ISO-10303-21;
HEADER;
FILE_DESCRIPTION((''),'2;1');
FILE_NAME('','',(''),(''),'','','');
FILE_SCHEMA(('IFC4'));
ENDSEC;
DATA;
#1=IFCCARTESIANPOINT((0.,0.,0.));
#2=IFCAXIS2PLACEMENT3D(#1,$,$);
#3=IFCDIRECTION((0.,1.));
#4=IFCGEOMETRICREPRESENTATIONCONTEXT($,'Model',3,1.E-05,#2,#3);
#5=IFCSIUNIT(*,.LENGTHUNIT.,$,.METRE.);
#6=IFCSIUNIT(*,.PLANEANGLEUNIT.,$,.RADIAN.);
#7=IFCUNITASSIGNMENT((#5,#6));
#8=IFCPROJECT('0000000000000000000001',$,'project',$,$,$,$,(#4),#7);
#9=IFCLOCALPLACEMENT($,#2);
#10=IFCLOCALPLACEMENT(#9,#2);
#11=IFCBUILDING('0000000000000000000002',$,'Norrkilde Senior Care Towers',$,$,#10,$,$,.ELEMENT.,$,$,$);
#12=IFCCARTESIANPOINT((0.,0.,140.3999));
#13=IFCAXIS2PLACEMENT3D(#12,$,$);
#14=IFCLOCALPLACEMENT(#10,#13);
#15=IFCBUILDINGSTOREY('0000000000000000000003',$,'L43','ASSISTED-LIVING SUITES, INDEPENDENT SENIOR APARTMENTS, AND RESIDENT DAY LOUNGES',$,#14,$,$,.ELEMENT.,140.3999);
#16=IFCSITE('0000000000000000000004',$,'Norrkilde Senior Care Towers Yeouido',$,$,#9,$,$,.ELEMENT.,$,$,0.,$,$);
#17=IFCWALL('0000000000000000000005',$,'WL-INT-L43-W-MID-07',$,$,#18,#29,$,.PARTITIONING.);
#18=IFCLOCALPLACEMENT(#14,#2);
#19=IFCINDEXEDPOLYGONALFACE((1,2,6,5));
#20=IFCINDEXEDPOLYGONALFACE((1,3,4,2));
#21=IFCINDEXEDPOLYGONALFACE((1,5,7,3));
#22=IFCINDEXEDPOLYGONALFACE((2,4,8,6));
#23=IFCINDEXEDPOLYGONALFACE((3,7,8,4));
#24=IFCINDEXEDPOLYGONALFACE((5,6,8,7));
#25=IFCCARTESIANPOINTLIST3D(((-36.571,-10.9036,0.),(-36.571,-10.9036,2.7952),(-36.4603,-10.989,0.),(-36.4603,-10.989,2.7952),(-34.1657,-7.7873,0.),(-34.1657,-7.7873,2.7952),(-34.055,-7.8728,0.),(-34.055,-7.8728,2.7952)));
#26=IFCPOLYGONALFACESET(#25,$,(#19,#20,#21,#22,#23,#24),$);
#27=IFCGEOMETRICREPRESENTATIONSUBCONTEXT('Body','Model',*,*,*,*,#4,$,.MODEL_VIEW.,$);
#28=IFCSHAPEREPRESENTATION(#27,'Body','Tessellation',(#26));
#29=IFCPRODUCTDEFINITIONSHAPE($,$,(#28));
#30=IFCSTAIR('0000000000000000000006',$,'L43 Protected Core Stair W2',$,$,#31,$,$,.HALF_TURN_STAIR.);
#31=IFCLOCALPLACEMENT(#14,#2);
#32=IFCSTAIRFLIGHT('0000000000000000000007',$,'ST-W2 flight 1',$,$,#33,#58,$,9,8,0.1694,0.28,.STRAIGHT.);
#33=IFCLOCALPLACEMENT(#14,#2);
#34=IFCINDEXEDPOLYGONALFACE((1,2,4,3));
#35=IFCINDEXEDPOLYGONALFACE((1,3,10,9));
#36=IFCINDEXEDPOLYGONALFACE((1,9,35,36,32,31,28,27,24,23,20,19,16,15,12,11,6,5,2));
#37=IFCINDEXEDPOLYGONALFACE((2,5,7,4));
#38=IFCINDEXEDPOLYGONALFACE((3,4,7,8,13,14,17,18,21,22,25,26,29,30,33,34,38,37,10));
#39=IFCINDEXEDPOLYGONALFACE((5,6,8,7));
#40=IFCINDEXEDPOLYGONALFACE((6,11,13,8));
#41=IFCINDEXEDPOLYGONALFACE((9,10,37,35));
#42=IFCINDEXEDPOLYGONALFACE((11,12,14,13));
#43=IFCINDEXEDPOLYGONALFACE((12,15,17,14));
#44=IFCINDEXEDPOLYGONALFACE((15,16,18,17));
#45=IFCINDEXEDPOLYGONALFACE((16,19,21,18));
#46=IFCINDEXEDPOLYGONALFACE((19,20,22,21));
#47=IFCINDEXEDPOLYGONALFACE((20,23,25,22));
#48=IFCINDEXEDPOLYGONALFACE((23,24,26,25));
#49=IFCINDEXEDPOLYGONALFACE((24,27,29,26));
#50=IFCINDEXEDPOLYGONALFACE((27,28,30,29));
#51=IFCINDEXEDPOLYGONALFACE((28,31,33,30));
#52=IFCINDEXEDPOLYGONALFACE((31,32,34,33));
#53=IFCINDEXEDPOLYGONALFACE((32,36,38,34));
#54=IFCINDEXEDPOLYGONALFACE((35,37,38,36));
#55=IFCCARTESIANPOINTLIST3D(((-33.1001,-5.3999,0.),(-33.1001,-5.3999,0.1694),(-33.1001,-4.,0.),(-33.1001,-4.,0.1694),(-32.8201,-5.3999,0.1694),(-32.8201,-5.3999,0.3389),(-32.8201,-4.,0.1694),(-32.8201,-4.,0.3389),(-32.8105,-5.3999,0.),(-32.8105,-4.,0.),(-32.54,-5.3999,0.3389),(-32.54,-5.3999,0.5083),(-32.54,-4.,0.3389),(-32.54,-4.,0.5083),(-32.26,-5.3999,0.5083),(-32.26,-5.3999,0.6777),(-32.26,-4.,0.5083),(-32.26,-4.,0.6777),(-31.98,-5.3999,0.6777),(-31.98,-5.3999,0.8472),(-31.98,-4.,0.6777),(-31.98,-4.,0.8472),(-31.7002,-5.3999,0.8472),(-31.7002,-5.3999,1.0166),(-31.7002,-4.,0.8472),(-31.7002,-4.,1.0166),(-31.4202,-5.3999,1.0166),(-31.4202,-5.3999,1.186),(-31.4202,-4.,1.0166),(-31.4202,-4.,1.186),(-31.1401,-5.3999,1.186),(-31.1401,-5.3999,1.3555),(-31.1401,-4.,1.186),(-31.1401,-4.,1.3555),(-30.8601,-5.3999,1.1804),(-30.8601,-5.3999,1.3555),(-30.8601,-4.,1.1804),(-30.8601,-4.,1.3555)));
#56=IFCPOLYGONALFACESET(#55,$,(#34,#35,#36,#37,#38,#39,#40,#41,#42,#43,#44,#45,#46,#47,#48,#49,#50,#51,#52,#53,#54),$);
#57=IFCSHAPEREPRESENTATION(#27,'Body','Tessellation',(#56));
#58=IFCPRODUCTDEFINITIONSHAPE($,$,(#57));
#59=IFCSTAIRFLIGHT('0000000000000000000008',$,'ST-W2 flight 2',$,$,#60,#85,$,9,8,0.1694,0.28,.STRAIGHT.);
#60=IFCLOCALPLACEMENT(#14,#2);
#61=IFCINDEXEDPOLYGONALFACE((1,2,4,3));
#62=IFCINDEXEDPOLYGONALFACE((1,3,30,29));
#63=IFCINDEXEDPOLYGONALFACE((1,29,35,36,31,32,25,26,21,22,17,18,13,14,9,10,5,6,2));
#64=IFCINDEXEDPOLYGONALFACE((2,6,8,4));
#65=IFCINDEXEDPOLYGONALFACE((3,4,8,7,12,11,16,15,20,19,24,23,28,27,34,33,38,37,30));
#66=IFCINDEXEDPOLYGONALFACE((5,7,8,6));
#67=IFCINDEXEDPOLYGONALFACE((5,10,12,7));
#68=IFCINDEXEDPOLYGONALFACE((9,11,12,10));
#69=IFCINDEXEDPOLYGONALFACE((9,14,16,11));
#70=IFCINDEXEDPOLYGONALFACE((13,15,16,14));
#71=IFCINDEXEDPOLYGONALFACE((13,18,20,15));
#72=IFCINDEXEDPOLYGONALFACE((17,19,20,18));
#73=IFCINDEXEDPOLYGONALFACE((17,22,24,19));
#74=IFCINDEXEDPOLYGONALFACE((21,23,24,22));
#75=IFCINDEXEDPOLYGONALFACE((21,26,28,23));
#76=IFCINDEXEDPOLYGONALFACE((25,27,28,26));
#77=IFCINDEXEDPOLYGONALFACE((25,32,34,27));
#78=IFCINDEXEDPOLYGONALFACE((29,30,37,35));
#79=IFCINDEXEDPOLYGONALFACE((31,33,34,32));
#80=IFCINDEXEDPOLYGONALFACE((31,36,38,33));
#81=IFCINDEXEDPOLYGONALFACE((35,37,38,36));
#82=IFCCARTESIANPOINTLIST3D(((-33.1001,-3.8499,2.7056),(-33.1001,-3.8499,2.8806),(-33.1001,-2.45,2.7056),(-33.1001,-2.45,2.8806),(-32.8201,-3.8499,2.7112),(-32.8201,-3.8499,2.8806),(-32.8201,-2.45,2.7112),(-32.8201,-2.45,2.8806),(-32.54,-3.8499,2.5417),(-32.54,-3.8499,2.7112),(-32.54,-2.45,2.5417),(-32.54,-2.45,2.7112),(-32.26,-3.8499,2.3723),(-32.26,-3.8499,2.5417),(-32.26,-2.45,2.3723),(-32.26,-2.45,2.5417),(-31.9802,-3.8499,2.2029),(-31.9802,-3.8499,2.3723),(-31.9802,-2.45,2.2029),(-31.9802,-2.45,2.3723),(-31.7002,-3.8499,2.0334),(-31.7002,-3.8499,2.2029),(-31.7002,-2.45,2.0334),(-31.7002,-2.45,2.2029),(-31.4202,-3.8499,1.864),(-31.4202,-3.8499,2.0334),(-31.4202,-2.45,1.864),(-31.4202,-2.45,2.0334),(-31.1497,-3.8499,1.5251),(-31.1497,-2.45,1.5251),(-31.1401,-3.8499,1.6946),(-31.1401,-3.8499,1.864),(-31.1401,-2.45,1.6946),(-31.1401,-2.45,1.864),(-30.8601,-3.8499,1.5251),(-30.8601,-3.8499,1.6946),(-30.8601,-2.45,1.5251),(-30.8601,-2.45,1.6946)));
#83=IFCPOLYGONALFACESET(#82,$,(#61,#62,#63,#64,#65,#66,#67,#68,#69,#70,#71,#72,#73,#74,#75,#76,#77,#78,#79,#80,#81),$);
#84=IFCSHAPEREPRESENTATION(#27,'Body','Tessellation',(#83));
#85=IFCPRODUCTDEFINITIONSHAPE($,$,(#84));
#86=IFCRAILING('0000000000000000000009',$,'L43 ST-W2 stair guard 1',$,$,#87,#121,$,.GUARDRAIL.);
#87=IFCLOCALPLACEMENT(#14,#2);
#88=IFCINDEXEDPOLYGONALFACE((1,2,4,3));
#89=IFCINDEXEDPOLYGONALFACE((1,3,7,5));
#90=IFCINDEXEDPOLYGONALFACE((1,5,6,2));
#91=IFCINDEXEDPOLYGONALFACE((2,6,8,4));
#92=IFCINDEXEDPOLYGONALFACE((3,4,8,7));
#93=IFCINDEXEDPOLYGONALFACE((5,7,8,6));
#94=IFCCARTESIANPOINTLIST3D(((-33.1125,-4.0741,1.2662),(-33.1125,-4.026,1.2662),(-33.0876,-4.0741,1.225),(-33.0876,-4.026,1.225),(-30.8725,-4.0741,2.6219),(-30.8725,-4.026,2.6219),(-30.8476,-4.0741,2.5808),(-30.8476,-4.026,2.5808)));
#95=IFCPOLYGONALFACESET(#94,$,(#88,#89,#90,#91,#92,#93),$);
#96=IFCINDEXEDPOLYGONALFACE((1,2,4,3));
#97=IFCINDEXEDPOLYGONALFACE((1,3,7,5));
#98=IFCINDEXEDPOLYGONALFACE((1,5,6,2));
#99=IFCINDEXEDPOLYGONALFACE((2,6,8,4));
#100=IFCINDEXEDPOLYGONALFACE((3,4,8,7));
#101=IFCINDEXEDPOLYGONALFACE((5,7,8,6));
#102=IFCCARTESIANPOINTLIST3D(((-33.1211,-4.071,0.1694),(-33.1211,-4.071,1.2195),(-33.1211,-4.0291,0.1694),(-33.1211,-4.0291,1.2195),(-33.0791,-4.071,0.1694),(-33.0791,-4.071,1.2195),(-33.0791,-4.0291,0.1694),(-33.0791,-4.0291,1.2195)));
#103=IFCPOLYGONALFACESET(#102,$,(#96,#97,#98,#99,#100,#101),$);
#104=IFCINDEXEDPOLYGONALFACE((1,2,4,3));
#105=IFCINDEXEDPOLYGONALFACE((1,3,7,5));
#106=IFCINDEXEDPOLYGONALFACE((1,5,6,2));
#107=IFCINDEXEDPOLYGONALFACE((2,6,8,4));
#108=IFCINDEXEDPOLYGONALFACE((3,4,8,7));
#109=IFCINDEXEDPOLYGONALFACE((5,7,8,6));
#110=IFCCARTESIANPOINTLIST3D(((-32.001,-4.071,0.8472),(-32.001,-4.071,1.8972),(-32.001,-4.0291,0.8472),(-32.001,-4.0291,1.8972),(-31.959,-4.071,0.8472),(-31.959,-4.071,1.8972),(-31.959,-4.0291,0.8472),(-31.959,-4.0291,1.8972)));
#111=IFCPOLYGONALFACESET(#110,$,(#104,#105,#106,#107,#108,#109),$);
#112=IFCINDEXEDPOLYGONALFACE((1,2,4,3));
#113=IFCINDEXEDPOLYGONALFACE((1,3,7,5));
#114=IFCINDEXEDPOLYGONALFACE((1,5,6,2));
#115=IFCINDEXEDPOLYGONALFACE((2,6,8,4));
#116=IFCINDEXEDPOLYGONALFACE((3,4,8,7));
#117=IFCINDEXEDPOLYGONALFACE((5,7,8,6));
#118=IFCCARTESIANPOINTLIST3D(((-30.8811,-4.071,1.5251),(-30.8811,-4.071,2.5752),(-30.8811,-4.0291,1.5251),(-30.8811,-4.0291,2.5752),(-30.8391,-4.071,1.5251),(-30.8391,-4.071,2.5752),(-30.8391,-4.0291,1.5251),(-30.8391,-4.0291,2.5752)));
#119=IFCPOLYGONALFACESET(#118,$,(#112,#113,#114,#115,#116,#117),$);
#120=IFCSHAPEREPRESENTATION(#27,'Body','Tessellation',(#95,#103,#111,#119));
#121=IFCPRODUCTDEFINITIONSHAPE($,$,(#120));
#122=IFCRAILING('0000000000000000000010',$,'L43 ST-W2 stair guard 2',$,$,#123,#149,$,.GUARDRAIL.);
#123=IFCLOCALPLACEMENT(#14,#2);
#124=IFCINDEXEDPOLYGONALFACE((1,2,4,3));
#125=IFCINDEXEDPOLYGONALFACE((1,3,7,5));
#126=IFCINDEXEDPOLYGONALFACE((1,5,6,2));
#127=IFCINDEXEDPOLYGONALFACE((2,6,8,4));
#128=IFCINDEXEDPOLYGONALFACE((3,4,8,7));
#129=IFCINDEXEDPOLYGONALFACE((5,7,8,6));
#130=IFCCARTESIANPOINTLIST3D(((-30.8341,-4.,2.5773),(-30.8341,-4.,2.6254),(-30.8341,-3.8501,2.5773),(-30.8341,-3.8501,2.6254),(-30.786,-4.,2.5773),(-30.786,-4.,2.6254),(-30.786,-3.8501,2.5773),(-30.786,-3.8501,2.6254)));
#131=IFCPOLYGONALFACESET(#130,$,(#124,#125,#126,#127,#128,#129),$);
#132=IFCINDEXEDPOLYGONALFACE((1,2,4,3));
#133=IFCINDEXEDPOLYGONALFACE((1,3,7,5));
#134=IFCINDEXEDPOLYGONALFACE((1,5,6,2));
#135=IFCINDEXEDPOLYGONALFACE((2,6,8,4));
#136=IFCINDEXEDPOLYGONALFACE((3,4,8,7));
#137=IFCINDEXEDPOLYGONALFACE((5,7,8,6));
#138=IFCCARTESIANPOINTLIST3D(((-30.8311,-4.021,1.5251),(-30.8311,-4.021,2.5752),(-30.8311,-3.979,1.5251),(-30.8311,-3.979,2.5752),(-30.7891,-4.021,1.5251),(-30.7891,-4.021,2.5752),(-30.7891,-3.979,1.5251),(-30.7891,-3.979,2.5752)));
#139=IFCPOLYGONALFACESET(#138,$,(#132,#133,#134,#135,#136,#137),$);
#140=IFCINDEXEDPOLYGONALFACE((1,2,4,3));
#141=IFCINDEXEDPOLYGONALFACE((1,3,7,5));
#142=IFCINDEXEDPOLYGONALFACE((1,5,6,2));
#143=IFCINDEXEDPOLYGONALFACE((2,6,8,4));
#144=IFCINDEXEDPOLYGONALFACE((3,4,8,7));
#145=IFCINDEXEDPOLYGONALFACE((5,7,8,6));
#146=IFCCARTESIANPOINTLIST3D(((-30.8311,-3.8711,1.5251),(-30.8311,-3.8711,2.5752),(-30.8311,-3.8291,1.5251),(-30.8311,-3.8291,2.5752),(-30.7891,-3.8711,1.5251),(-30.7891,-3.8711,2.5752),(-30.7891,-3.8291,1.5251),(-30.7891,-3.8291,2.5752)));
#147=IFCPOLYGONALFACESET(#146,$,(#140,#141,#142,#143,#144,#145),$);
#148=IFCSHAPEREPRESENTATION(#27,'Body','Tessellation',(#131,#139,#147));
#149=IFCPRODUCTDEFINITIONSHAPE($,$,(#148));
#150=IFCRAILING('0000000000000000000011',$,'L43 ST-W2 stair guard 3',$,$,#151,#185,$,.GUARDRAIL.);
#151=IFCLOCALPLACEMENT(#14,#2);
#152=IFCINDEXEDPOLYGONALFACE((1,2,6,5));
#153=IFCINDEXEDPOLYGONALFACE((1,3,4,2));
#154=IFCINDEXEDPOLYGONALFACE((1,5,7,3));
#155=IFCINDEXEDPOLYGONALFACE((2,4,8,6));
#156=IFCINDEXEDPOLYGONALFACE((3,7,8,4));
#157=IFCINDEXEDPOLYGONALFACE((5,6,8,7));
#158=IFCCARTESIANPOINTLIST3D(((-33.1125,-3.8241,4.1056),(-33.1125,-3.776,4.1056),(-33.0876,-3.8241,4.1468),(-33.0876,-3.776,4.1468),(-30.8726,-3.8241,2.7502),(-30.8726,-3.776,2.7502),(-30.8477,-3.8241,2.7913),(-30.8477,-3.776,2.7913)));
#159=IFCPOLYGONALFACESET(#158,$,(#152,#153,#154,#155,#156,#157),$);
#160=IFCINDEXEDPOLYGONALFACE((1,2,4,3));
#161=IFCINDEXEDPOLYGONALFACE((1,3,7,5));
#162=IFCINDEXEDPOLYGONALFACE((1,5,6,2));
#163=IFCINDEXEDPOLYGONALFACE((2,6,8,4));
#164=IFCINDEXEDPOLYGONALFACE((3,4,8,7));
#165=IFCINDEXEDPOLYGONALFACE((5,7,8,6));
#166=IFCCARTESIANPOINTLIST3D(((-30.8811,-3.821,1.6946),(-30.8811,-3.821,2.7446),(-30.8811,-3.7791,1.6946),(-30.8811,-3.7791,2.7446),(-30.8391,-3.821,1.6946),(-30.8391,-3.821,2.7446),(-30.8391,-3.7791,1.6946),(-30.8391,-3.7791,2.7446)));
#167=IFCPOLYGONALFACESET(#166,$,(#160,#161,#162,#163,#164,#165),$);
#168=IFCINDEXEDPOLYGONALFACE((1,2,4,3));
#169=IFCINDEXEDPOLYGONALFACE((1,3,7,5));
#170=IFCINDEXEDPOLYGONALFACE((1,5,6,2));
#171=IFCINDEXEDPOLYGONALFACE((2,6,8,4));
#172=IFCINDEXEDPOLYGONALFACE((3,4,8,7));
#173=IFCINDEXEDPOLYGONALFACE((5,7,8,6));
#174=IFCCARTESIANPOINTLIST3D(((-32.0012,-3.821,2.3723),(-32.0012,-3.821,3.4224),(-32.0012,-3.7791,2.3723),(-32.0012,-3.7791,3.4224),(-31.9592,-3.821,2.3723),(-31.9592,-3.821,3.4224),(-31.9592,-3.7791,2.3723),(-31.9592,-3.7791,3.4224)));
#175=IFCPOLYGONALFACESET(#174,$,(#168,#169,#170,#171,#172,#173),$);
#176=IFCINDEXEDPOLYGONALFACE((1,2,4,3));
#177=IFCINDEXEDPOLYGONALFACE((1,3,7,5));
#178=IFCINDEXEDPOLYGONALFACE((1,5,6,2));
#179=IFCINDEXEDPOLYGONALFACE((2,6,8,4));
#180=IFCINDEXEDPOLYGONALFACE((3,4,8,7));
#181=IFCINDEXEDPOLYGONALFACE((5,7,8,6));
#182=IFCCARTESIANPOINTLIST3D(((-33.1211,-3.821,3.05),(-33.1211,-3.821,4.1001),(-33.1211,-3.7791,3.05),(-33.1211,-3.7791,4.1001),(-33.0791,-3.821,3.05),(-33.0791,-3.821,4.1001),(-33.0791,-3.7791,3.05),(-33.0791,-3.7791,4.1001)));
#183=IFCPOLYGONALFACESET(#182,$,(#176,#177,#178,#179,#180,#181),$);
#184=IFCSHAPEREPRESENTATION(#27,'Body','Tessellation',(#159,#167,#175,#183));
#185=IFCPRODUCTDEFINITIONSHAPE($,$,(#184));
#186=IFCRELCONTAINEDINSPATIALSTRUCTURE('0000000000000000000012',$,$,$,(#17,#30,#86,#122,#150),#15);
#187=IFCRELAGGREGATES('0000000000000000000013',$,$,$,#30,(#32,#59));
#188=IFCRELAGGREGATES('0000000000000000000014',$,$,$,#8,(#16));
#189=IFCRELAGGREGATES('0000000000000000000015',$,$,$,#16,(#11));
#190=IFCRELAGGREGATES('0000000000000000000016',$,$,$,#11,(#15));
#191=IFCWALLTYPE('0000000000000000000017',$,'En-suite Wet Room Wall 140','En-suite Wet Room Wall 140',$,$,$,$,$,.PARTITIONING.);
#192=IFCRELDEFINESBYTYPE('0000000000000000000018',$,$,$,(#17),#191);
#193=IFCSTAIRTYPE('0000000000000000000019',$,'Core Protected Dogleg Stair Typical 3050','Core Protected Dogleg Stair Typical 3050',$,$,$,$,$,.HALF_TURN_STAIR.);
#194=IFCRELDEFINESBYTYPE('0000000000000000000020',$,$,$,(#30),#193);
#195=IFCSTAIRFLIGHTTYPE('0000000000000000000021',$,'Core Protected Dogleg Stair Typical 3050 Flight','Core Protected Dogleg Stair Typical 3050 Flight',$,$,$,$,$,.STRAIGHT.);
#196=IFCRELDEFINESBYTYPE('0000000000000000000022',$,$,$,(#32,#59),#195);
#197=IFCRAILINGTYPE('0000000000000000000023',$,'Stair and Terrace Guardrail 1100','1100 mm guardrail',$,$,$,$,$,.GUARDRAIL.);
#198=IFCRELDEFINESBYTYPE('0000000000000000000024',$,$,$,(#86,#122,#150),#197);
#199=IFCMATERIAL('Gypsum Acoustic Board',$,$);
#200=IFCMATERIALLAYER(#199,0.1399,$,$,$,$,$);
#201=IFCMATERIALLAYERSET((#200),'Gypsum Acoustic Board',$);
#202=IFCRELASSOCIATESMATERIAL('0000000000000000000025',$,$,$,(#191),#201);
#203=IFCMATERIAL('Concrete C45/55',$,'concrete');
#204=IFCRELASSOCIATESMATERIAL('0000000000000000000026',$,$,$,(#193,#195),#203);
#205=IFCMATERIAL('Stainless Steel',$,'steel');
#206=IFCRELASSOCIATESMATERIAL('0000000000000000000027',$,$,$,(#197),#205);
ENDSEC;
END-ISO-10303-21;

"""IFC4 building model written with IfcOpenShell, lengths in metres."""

from ifc_helpers import new_model, si_unit, direction, frame, frame_2d, origin, origin_2d, place, context, subcontext, project, spatial, polyline, rectangle, outline, extrude, source, transform, mapped, material, layer, layer_set, type_object, type_shapes, element, aggregate, save


model = new_model("IFC4")

# Units and contexts
model_context = context("Model", 3, precision=1e-05, world=origin(), true_north=direction((0.0, 1.0)))
body_context = subcontext(model_context, "Body", "Model", "MODEL_VIEW")
ifc_project = project(units=[si_unit("LENGTHUNIT", "METRE"), si_unit("PLANEANGLEUNIT", "RADIAN")], contexts=[model_context])

# Site, building, storey
site_placement = place(None, origin())
site = spatial("IfcSite", under=ifc_project, at=site_placement, Name="Norrkilde Senior Care Towers Yeouido", CompositionType="ELEMENT", RefElevation=0.0)
building_placement = place(site_placement, origin())
building = spatial("IfcBuilding", under=site, at=building_placement, Name="Norrkilde Senior Care Towers", CompositionType="ELEMENT")
storey_placement = place(building_placement, frame((0.0, 0.0, 140.3999)))
storey = spatial("IfcBuildingStorey", under=building, at=storey_placement, Name="L43", Description="ASSISTED-LIVING SUITES, INDEPENDENT SENIOR APARTMENTS, AND RESIDENT DAY LOUNGES", CompositionType="ELEMENT", Elevation=140.3999)

# Wall
ifc_material_1 = material(Name="Concrete C45/55", Category="concrete")
ifc_material_2 = material(Name="Gypsum Acoustic Board")
ifc_layer_1 = layer(ifc_material_2, 0.1399)
ifc_layer_set_1 = layer_set([ifc_layer_1], Name="Gypsum Acoustic Board")
wall_type_1 = type_object("IfcWallType", Name="En-suite Wet Room Wall 140", Description="En-suite Wet Room Wall 140", PredefinedType="PARTITIONING", material=ifc_layer_set_1)
shared_shape_1 = source(origin(), body_context, "Body", "SweptSolid", [
    extrude(rectangle(XDim=3.9365, YDim=0.1399, at=frame_2d((1.9683, 0.0))), origin(), (0.0, 0.0, 1.0), 2.7952),
])
type_shapes(wall_type_1, [shared_shape_1])
wall_1_placement = place(storey_placement, frame((-34.1104, -7.8301, 0.0), z_axis=(0.0, 0.0, 1.0), x_axis=(-0.611017, -0.791618, 0.0)))
element("IfcWall", 1, at=wall_1_placement, inside=storey, type_object=wall_type_1, Name="WL-INT-L43-W-MID-07", PredefinedType="PARTITIONING", context=body_context, shape_type="MappedRepresentation", body=[
    mapped(shared_shape_1, transform((0.0, 0.0, 0.0), x_axis=(1.0, 0.0, 0.0), y_axis=(0.0, 1.0, 0.0), z_axis=(0.0, 0.0, 1.0), scale=1.0)),
])

# Stair, stair flights
stair_type = type_object("IfcStairType", Name="Core Protected Dogleg Stair Typical 3050", Description="Core Protected Dogleg Stair Typical 3050", PredefinedType="HALF_TURN_STAIR", material=ifc_material_1)
stair_placement = place(storey_placement, origin())
stair = element("IfcStair", 2, at=stair_placement, inside=storey, type_object=stair_type, Name="L43 Protected Core Stair W2", PredefinedType="HALF_TURN_STAIR")
stair_flight_type = type_object("IfcStairFlightType", Name="Core Protected Dogleg Stair Typical 3050 Flight", Description="Core Protected Dogleg Stair Typical 3050 Flight", PredefinedType="STRAIGHT", material=ifc_material_1)
stair_flight_1_placement = place(storey_placement, frame((-33.1001, -4.7, 0.0), z_axis=(0.0, 0.0, 1.0), x_axis=(1.0, 0.0, 0.0)))
stair_flight_1 = element("IfcStairFlight", 3, at=stair_flight_1_placement, type_object=stair_flight_type, Name="ST-W2 flight 1", NumberOfRisers=9, NumberOfTreads=8, PredefinedType="STRAIGHT", RiserHeight=0.1694, TreadLength=0.28, context=body_context, shape_type="SweptSolid", body=[
    extrude(outline(polyline([(0.0, 0.0), (0.0, 0.1694), (0.28, 0.1694), (0.28, 0.3389), (0.5601, 0.3389), (0.5601, 0.5083), (0.8401, 0.5083), (0.8401, 0.6777), (1.1201, 0.6777), (1.1201, 0.8472), (1.3999, 0.8472), (1.3999, 1.0166), (1.6799, 1.0166), (1.6799, 1.186), (1.96, 1.186), (1.96, 1.3555), (2.24, 1.3555), (2.24, 1.5249), (2.24, 1.1804), (0.2896, 0.0), (0.0, 0.0)])), frame((0.0, 0.7, 0.0), z_axis=(0.0, -1.0, 0.0), x_axis=(1.0, 0.0, 0.0)), (0.0, 0.0, 1.0), 1.3999),
])
stair_flight_2_placement = place(storey_placement, frame((-30.8601, -3.1499, 1.5251), z_axis=(0.0, 0.0, 1.0), x_axis=(-1.0, 0.0, 0.0)))
stair_flight_2 = element("IfcStairFlight", 4, at=stair_flight_2_placement, type_object=stair_flight_type, Name="ST-W2 flight 2", NumberOfRisers=9, NumberOfTreads=8, PredefinedType="STRAIGHT", RiserHeight=0.1694, TreadLength=0.28, context=body_context, shape_type="SweptSolid", body=[
    extrude(outline(polyline([(0.0, 0.0), (0.0, 0.1694), (0.28, 0.1694), (0.28, 0.3389), (0.5601, 0.3389), (0.5601, 0.5083), (0.8401, 0.5083), (0.8401, 0.6777), (1.1201, 0.6777), (1.1201, 0.8472), (1.3999, 0.8472), (1.3999, 1.0166), (1.6799, 1.0166), (1.6799, 1.186), (1.96, 1.186), (1.96, 1.3555), (2.24, 1.3555), (2.24, 1.5249), (2.24, 1.1804), (0.2896, 0.0), (0.0, 0.0)])), frame((0.0, 0.7, 0.0), z_axis=(0.0, -1.0, 0.0), x_axis=(1.0, 0.0, 0.0)), (0.0, 0.0, 1.0), 1.3999),
])
aggregate(stair, [stair_flight_1, stair_flight_2])

# Railings
ifc_material_3 = material(Name="Stainless Steel", Category="steel")
railing_type_1 = type_object("IfcRailingType", Name="Stair and Terrace Guardrail 1100", Description="1100 mm guardrail", PredefinedType="GUARDRAIL", material=ifc_material_3)
railing_1_placement = place(storey_placement, frame((-33.1001, -4.05, 0.1694)))
element("IfcRailing", 5, at=railing_1_placement, inside=storey, type_object=railing_type_1, Name="L43 ST-W2 stair guard 1", PredefinedType="GUARDRAIL", context=body_context, shape_type="SweptSolid", body=[
    extrude(rectangle(XDim=0.0481, YDim=0.0481, at=origin_2d()), frame((0.0, 0.0, 1.0762), z_axis=(0.855512, 0.0, 0.517783), x_axis=(0.0, 1.0, 0.0)), (0.0, 0.0, 1.0), 2.6184),
    extrude(rectangle(XDim=0.042, YDim=0.042, at=origin_2d()), origin(), (0.0, 0.0, 1.0), 1.05),
    extrude(rectangle(XDim=0.042, YDim=0.042, at=origin_2d()), frame((1.1201, 0.0, 0.6777)), (0.0, 0.0, 1.0), 1.05),
    extrude(rectangle(XDim=0.042, YDim=0.042, at=origin_2d()), frame((2.24, 0.0, 1.3557)), (0.0, 0.0, 1.0), 1.05),
])
railing_2_placement = place(storey_placement, frame((-30.8101, -4.0, 1.5251)))
element("IfcRailing", 6, at=railing_2_placement, inside=storey, type_object=railing_type_1, Name="L43 ST-W2 stair guard 2", PredefinedType="GUARDRAIL", context=body_context, shape_type="SweptSolid", body=[
    extrude(rectangle(XDim=0.0481, YDim=0.0481, at=origin_2d()), frame((0.0, 0.0, 1.0762), z_axis=(0.0, 1.0, 0.0), x_axis=(-1.0, 0.0, 0.0)), (0.0, 0.0, 1.0), 0.1499),
    extrude(rectangle(XDim=0.042, YDim=0.042, at=origin_2d()), origin(), (0.0, 0.0, 1.0), 1.05),
    extrude(rectangle(XDim=0.042, YDim=0.042, at=origin_2d()), frame((0.0, 0.1499, 0.0)), (0.0, 0.0, 1.0), 1.05),
])
railing_3_placement = place(storey_placement, frame((-30.8601, -3.8, 1.6946)))
element("IfcRailing", 7, at=railing_3_placement, inside=storey, type_object=railing_type_1, Name="L43 ST-W2 stair guard 3", PredefinedType="GUARDRAIL", context=body_context, shape_type="SweptSolid", body=[
    extrude(rectangle(XDim=0.0481, YDim=0.0481, at=origin_2d()), frame((0.0, 0.0, 1.0762), z_axis=(-0.855553, 0.0, 0.517715), x_axis=(0.0, -1.0, 0.0)), (0.0, 0.0, 1.0), 2.6182),
    extrude(rectangle(XDim=0.042, YDim=0.042, at=origin_2d()), origin(), (0.0, 0.0, 1.0), 1.05),
    extrude(rectangle(XDim=0.042, YDim=0.042, at=origin_2d()), frame((-1.1201, 0.0, 0.6777)), (0.0, 0.0, 1.0), 1.05),
    extrude(rectangle(XDim=0.042, YDim=0.042, at=origin_2d()), frame((-2.24, 0.0, 1.3555)), (0.0, 0.0, 1.0), 1.05),
])

save(model, "model.ifc")
